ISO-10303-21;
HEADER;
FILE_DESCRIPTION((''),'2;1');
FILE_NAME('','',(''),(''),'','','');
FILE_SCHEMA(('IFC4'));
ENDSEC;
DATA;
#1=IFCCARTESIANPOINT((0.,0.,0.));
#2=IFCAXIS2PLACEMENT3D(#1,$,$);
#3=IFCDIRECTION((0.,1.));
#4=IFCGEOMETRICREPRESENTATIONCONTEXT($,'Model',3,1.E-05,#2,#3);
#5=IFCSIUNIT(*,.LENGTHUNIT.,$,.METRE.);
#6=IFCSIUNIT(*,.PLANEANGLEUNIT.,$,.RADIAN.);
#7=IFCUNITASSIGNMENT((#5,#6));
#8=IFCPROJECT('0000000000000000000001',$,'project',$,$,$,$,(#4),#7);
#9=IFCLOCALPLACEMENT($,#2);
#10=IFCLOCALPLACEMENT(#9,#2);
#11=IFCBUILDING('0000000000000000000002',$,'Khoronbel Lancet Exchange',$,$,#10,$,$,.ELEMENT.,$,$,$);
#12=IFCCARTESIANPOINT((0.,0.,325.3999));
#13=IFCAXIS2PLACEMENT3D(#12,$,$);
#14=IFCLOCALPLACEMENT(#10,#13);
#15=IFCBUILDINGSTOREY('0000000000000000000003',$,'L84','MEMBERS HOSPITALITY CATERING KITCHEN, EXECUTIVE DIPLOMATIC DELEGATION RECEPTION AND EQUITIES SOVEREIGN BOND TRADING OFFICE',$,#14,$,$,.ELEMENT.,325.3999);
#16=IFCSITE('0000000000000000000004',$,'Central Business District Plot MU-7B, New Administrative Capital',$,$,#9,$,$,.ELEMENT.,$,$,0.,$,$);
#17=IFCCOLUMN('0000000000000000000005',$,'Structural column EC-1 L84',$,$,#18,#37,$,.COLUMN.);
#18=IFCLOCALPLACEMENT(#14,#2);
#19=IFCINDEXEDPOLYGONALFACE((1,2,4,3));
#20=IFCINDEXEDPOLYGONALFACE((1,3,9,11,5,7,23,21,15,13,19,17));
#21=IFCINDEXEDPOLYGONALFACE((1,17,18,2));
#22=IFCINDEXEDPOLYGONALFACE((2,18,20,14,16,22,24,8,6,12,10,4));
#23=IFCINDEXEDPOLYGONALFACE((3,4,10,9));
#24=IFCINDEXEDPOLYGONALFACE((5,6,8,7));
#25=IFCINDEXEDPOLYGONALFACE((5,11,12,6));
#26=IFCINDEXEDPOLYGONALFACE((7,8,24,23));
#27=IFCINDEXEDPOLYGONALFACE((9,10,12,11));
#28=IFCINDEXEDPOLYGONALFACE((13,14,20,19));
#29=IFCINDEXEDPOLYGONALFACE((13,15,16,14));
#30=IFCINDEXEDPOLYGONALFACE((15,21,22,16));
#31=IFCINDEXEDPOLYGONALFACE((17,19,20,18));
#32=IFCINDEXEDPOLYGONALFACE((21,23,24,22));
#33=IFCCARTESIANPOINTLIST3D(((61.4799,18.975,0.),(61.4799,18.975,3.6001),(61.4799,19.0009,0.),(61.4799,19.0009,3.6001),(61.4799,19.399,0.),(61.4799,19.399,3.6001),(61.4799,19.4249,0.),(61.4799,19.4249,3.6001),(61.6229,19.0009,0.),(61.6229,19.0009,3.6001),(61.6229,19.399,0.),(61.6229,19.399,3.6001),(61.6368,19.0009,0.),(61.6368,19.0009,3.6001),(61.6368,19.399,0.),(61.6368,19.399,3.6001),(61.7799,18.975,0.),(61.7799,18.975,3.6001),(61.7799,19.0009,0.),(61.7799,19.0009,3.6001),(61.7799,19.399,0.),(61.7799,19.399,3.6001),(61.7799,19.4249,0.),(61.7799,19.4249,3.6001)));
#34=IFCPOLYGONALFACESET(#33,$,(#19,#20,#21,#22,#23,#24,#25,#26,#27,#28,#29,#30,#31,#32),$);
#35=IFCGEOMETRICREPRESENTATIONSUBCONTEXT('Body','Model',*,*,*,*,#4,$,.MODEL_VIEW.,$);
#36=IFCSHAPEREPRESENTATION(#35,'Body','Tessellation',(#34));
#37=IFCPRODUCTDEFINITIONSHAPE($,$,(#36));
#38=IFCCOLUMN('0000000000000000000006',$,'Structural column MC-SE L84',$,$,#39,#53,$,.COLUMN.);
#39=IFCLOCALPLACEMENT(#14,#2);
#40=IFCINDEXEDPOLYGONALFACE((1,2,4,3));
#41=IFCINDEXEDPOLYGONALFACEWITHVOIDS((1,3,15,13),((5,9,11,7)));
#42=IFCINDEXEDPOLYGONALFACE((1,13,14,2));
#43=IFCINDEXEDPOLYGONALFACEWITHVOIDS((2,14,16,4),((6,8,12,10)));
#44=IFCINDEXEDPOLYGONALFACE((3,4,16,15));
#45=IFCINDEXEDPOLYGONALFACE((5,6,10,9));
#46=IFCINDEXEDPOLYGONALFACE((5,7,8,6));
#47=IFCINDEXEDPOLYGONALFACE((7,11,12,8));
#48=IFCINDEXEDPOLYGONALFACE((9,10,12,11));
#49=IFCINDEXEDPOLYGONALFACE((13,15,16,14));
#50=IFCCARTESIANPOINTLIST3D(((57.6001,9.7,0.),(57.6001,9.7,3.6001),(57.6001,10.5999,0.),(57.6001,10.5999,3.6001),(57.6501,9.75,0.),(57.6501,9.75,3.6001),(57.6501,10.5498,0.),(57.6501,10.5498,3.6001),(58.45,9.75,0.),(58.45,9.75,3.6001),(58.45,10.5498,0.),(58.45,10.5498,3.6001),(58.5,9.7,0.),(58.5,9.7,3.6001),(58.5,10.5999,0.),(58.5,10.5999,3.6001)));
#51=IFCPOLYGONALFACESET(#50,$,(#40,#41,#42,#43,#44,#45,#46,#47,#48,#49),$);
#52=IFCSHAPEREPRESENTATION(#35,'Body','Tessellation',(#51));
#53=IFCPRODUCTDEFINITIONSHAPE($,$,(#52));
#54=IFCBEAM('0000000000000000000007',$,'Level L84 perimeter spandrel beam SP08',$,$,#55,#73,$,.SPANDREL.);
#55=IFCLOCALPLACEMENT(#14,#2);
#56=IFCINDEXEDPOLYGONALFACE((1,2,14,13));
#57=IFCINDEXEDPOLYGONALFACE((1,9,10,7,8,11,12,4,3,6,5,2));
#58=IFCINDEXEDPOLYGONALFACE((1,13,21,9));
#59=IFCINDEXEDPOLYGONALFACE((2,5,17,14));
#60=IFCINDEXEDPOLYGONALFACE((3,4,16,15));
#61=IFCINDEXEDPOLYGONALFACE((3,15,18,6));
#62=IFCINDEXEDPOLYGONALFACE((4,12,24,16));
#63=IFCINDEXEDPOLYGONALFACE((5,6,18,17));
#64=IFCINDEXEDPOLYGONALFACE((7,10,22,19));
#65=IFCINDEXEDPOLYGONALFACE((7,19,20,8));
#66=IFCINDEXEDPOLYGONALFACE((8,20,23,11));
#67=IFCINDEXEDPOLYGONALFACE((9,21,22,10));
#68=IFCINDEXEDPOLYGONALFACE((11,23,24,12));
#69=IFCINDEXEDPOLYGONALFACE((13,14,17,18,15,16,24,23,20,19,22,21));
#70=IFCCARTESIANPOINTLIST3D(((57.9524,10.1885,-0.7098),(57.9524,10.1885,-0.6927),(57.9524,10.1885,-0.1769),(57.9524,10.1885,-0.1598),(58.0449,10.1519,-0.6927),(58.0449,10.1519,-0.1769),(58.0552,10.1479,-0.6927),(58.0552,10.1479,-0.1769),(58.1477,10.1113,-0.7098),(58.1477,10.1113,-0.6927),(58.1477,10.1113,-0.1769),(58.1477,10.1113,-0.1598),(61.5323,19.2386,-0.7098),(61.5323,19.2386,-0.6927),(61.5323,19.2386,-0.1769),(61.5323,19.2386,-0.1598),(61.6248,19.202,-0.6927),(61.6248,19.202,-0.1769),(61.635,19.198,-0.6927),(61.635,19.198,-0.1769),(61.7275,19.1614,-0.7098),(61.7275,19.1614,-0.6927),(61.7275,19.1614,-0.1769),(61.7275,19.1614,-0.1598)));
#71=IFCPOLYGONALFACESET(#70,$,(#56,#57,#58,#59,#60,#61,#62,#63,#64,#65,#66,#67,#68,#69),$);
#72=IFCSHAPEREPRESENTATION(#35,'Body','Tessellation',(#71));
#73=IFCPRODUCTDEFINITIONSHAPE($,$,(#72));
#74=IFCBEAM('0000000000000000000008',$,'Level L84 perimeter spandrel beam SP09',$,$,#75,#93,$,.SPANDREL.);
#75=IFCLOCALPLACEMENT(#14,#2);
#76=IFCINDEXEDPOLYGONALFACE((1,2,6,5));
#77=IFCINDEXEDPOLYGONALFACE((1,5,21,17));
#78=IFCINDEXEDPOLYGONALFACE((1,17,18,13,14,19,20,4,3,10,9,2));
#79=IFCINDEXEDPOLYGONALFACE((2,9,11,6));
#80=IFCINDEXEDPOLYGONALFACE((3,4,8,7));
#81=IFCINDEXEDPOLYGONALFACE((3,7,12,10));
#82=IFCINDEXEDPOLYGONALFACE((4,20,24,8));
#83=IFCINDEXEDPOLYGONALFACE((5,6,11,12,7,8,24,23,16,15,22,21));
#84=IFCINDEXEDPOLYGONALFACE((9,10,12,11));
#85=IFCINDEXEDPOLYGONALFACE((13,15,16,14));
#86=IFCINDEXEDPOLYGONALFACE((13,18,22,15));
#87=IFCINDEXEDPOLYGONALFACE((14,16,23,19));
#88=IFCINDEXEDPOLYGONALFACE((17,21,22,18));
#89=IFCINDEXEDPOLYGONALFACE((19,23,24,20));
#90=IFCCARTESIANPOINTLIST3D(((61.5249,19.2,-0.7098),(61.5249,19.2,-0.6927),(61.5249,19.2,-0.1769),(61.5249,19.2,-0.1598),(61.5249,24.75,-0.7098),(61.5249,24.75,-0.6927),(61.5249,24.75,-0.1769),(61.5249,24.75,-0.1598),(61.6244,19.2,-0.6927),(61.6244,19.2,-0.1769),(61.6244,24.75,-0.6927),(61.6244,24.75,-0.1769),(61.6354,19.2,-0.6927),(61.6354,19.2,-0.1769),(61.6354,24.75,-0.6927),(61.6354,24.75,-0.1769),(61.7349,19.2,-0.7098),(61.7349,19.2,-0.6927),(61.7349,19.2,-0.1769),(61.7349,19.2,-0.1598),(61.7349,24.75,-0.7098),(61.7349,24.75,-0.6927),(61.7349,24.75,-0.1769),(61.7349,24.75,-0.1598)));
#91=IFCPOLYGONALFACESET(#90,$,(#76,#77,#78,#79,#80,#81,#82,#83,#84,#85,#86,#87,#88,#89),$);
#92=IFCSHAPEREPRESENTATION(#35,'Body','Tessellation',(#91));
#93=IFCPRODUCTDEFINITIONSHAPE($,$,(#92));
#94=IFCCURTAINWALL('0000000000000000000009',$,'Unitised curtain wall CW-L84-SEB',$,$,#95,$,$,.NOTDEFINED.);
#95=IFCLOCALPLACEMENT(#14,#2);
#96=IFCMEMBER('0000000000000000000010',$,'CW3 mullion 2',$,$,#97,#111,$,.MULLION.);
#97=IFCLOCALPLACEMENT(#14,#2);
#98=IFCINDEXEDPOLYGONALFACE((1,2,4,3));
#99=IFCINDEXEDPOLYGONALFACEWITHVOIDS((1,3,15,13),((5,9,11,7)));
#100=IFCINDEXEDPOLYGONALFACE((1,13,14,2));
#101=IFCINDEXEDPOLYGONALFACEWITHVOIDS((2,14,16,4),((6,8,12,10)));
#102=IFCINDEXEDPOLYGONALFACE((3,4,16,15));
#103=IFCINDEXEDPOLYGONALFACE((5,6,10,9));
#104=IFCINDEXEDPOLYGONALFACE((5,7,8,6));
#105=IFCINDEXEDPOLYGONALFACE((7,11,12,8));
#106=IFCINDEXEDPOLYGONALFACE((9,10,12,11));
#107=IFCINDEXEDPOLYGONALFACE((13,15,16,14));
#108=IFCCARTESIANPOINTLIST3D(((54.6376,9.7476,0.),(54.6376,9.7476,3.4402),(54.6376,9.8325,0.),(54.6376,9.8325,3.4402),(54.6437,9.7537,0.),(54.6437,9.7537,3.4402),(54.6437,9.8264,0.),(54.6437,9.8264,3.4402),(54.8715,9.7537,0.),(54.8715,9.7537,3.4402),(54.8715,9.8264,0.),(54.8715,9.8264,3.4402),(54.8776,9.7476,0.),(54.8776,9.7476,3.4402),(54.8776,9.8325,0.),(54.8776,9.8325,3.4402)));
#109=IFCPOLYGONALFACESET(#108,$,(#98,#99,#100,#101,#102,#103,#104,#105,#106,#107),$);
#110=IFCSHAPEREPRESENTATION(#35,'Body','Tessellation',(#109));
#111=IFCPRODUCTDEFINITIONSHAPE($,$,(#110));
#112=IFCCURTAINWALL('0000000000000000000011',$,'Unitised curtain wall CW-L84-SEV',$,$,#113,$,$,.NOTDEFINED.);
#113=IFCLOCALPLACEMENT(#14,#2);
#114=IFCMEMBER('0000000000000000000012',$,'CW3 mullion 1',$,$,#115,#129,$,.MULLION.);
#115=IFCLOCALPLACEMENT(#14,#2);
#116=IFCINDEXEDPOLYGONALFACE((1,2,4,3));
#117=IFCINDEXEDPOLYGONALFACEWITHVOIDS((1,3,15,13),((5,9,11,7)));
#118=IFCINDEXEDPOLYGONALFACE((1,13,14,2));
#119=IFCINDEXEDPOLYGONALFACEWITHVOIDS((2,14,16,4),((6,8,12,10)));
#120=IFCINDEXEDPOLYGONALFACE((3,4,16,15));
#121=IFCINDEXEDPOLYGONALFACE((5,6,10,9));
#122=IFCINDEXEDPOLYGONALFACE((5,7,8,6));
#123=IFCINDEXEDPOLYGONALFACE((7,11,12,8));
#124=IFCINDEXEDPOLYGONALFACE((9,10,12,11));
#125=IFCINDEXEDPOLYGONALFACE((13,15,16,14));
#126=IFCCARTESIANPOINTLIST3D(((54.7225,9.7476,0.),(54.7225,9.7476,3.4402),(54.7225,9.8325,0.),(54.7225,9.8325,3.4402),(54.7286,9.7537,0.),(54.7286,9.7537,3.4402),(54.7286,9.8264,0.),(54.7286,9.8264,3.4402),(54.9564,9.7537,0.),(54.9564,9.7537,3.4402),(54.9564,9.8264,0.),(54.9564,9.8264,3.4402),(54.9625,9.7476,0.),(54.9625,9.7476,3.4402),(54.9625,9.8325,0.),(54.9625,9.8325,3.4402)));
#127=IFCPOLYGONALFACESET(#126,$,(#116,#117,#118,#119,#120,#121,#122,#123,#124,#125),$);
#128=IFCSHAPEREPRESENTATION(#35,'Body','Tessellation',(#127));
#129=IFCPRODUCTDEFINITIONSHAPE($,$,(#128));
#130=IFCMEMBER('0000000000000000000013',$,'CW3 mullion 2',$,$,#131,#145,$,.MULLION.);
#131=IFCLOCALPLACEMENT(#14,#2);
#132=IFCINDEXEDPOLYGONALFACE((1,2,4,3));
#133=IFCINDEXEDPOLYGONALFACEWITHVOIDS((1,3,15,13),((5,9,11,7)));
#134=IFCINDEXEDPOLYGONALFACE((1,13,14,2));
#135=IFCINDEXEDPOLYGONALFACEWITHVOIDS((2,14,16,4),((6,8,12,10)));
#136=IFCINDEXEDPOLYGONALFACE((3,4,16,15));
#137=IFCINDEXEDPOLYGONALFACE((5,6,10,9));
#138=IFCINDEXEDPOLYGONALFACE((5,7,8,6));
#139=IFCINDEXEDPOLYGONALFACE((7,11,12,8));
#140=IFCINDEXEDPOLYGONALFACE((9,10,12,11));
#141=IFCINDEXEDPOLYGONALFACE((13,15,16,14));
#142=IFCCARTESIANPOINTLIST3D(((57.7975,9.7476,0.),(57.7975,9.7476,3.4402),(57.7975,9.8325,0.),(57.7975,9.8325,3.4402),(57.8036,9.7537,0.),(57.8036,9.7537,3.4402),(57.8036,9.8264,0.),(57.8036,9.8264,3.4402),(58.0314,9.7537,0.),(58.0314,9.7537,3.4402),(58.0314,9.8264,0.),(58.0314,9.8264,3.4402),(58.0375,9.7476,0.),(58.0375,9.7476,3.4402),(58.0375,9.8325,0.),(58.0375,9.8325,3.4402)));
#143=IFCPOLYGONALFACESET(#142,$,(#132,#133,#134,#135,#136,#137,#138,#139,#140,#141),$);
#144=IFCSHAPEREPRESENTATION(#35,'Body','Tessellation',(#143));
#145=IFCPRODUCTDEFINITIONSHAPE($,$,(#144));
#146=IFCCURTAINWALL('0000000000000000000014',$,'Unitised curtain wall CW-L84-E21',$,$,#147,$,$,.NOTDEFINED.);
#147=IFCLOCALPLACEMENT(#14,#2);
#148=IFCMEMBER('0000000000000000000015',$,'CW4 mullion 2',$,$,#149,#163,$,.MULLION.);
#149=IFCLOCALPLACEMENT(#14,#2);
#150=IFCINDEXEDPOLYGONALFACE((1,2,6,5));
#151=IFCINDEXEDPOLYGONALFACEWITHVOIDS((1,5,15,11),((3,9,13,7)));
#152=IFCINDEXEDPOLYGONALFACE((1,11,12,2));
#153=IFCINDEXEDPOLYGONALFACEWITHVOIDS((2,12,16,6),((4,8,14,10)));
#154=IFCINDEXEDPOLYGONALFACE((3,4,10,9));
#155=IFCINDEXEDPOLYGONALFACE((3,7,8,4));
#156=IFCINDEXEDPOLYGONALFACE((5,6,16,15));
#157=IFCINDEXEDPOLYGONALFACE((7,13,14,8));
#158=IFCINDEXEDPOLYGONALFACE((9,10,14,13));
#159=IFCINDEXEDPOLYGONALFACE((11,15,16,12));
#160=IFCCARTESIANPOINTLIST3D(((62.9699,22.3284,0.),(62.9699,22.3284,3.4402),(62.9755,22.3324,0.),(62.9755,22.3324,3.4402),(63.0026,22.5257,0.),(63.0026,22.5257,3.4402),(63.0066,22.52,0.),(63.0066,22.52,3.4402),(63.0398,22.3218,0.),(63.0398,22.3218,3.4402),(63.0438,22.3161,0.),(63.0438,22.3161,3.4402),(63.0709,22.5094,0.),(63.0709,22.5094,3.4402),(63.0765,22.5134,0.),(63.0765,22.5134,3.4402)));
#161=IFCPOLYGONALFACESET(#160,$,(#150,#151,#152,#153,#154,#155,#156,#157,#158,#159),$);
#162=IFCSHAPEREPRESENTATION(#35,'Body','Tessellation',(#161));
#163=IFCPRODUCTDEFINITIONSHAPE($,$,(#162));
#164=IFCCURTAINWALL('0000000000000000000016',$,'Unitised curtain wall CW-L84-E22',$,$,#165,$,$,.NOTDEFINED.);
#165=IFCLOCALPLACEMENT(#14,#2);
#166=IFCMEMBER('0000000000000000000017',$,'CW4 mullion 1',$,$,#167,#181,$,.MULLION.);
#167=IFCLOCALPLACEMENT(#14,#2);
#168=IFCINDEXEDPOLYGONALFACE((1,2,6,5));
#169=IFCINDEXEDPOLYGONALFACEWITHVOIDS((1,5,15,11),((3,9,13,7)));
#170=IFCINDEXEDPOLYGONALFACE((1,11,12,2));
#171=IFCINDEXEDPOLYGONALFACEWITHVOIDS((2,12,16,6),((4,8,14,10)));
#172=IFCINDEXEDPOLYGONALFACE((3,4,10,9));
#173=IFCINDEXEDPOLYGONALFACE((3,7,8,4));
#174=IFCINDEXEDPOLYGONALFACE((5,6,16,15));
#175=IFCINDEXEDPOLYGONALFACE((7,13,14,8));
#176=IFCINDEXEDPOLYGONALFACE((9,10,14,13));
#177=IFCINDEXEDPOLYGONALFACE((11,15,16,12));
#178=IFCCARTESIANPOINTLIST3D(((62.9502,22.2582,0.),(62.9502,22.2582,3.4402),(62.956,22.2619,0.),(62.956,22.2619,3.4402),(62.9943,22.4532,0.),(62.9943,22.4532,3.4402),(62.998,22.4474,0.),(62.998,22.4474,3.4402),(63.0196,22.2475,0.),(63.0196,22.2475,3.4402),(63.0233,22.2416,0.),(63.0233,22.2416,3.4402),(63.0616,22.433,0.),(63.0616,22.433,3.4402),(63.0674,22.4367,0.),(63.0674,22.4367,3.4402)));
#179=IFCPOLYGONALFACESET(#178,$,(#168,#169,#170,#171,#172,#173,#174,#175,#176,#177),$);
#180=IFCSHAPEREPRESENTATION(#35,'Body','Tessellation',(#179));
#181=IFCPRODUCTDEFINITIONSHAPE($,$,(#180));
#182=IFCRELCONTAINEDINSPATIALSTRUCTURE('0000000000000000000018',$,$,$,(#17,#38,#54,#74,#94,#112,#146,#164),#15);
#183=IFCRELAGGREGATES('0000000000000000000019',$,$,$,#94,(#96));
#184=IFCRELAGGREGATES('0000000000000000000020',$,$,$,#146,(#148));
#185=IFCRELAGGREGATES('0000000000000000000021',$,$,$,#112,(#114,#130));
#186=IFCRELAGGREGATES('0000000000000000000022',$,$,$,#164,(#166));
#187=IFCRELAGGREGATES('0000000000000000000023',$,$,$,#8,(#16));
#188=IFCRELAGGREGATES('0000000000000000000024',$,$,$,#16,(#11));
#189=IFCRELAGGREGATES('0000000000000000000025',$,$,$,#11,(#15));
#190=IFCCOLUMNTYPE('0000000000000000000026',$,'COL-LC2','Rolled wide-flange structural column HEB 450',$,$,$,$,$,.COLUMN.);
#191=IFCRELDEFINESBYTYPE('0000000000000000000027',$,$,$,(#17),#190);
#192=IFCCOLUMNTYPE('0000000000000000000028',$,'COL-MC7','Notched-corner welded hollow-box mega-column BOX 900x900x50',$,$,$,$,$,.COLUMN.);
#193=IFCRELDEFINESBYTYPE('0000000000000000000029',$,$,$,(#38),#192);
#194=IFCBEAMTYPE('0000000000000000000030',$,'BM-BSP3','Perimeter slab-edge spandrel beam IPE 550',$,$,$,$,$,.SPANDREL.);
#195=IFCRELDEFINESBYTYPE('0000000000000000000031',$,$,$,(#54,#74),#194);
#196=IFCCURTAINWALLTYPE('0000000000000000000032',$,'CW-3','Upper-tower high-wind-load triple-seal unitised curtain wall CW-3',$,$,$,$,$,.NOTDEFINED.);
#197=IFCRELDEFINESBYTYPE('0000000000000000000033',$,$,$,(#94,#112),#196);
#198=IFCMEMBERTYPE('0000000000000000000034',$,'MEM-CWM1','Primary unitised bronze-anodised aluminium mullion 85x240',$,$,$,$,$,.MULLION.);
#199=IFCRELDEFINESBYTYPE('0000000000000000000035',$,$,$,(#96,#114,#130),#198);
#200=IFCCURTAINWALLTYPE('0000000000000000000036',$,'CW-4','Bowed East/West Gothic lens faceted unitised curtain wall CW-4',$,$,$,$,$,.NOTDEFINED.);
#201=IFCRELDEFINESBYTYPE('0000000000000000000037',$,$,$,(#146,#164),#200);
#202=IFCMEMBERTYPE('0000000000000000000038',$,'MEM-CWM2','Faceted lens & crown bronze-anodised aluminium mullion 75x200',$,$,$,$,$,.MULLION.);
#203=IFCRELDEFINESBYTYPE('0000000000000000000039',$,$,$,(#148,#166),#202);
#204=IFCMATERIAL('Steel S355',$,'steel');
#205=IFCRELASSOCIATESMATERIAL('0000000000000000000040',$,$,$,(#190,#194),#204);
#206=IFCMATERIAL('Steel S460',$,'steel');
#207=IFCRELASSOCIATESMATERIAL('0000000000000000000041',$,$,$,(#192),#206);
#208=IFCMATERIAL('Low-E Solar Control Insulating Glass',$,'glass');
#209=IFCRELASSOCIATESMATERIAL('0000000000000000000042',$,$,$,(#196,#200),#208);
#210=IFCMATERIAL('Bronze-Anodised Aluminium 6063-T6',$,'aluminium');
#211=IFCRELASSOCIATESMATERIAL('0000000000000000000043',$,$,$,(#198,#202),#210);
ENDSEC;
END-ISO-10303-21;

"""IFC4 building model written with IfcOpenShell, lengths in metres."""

from ifc_helpers import new_model, si_unit, direction, frame, origin, origin_2d, place, context, subcontext, project, spatial, hollow_rectangle, i_section, extrude, material, material_profile, profile_set, type_object, element, aggregate, save


model = new_model("IFC4")

# Units and contexts
model_context = context("Model", 3, precision=1e-05, world=origin(), true_north=direction((0.0, 1.0)))
body_context = subcontext(model_context, "Body", "Model", "MODEL_VIEW")
ifc_project = project(units=[si_unit("LENGTHUNIT", "METRE"), si_unit("PLANEANGLEUNIT", "RADIAN")], contexts=[model_context])

# Site, building, storey
site_placement = place(None, origin())
site = spatial("IfcSite", under=ifc_project, at=site_placement, Name="Central Business District Plot MU-7B, New Administrative Capital", CompositionType="ELEMENT", RefElevation=0.0)
building_placement = place(site_placement, origin())
building = spatial("IfcBuilding", under=site, at=building_placement, Name="Khoronbel Lancet Exchange", CompositionType="ELEMENT")
storey_placement = place(building_placement, frame((0.0, 0.0, 325.3999)))
storey = spatial("IfcBuildingStorey", under=building, at=storey_placement, Name="L84", Description="MEMBERS HOSPITALITY CATERING KITCHEN, EXECUTIVE DIPLOMATIC DELEGATION RECEPTION AND EQUITIES SOVEREIGN BOND TRADING OFFICE", CompositionType="ELEMENT", Elevation=325.3999)

# Columns
ifc_material_1 = material(Name="Steel S355", Category="steel")
ifc_material_profile_1 = material_profile(ifc_material_1, i_section(OverallWidth=0.3, OverallDepth=0.45, WebThickness=0.0139, FlangeThickness=0.0259, at=origin_2d()), Name="HEB 450")
ifc_profile_set_1 = profile_set([ifc_material_profile_1], Name="Steel S355")
column_type_1 = type_object("IfcColumnType", Name="COL-LC2", Description="Rolled wide-flange structural column HEB 450", PredefinedType="COLUMN", material=ifc_profile_set_1)
column_1_placement = place(storey_placement, frame((61.6299, 19.2, 0.0), z_axis=(0.0, 0.0, 1.0), x_axis=(1.0, 0.0, 0.0)))
element("IfcColumn", 1, at=column_1_placement, inside=storey, type_object=column_type_1, Name="Structural column EC-1 L84", PredefinedType="COLUMN", context=body_context, shape_type="SweptSolid", body=[
    extrude(i_section(OverallWidth=0.3, OverallDepth=0.45, WebThickness=0.0139, FlangeThickness=0.0259, at=origin_2d()), origin(), (0.0, 0.0, 1.0), 3.6001),
])
ifc_material_2 = material(Name="Steel S460", Category="steel")
ifc_material_profile_2 = material_profile(ifc_material_2, hollow_rectangle(XDim=0.8999, YDim=0.8999, WallThickness=0.05, at=origin_2d()), Name="BOX 900x900x50")
ifc_profile_set_2 = profile_set([ifc_material_profile_2], Name="Steel S460")
column_type_2 = type_object("IfcColumnType", Name="COL-MC7", Description="Notched-corner welded hollow-box mega-column BOX 900x900x50", PredefinedType="COLUMN", material=ifc_profile_set_2)
column_2_placement = place(storey_placement, frame((58.05, 10.1499, 0.0), z_axis=(0.0, 0.0, 1.0), x_axis=(1.0, 0.0, 0.0)))
element("IfcColumn", 2, at=column_2_placement, inside=storey, type_object=column_type_2, Name="Structural column MC-SE L84", PredefinedType="COLUMN", context=body_context, shape_type="SweptSolid", body=[
    extrude(hollow_rectangle(XDim=0.8999, YDim=0.8999, WallThickness=0.05, at=origin_2d()), origin(), (0.0, 0.0, 1.0), 3.6001),
])

# Beams
ifc_material_profile_3 = material_profile(ifc_material_1, i_section(OverallWidth=0.21, OverallDepth=0.55, WebThickness=0.011, FlangeThickness=0.0171, at=origin_2d()), Name="IPE 550")
ifc_profile_set_3 = profile_set([ifc_material_profile_3], Name="Steel S355")
beam_type = type_object("IfcBeamType", Name="BM-BSP3", Description="Perimeter slab-edge spandrel beam IPE 550", PredefinedType="SPANDREL", material=ifc_profile_set_3)
beam_1_placement = place(storey_placement, frame((58.05, 10.1499, -0.4348), z_axis=(0.367828, 0.929894, 0.0), x_axis=(-0.929894, 0.367828, 0.0)))
element("IfcBeam", 3, at=beam_1_placement, inside=storey, type_object=beam_type, Name="Level L84 perimeter spandrel beam SP08", PredefinedType="SPANDREL", context=body_context, shape_type="SweptSolid", body=[
    extrude(i_section(OverallWidth=0.21, OverallDepth=0.55, WebThickness=0.011, FlangeThickness=0.0171, at=origin_2d()), origin(), (0.0, 0.0, 1.0), 9.7324),
])
beam_2_placement = place(storey_placement, frame((61.6299, 19.2, -0.4348), z_axis=(0.0, 1.0, 0.0), x_axis=(-1.0, 0.0, 0.0)))
element("IfcBeam", 4, at=beam_2_placement, inside=storey, type_object=beam_type, Name="Level L84 perimeter spandrel beam SP09", PredefinedType="SPANDREL", context=body_context, shape_type="SweptSolid", body=[
    extrude(i_section(OverallWidth=0.21, OverallDepth=0.55, WebThickness=0.011, FlangeThickness=0.0171, at=origin_2d()), origin(), (0.0, 0.0, 1.0), 5.55),
])

# Curtain wall, member
ifc_material_3 = material(Name="Low-E Solar Control Insulating Glass", Category="glass")
curtain_wall_type_1 = type_object("IfcCurtainWallType", Name="CW-3", Description="Upper-tower high-wind-load triple-seal unitised curtain wall CW-3", PredefinedType="NOTDEFINED", material=ifc_material_3)
curtain_wall_1_placement = place(storey_placement, origin())
curtain_wall_1 = element("IfcCurtainWall", 5, at=curtain_wall_1_placement, inside=storey, type_object=curtain_wall_type_1, Name="Unitised curtain wall CW-L84-SEB", PredefinedType="NOTDEFINED")
ifc_material_4 = material(Name="Bronze-Anodised Aluminium 6063-T6", Category="aluminium")
ifc_material_profile_4 = material_profile(ifc_material_4, hollow_rectangle(XDim=0.085, YDim=0.24, WallThickness=0.0061, at=origin_2d()), Name="ALU MULLION 85x240")
ifc_profile_set_4 = profile_set([ifc_material_profile_4], Name="Bronze-Anodised Aluminium 6063-T6")
member_type_1 = type_object("IfcMemberType", Name="MEM-CWM1", Description="Primary unitised bronze-anodised aluminium mullion 85x240", PredefinedType="MULLION", material=ifc_profile_set_4)
member_1_placement = place(storey_placement, frame((54.7576, 9.79, 0.0), z_axis=(0.0, 0.0, 1.0), x_axis=(0.0, 1.0, 0.0)))
member_1 = element("IfcMember", 6, at=member_1_placement, type_object=member_type_1, Name="CW3 mullion 2", PredefinedType="MULLION", context=body_context, shape_type="SweptSolid", body=[
    extrude(hollow_rectangle(XDim=0.085, YDim=0.24, WallThickness=0.0061, at=origin_2d()), origin(), (0.0, 0.0, 1.0), 3.4402),
])
aggregate(curtain_wall_1, [member_1])

# Curtain wall, members
curtain_wall_2_placement = place(storey_placement, origin())
curtain_wall_2 = element("IfcCurtainWall", 7, at=curtain_wall_2_placement, inside=storey, type_object=curtain_wall_type_1, Name="Unitised curtain wall CW-L84-SEV", PredefinedType="NOTDEFINED")
member_2_placement = place(storey_placement, frame((54.8425, 9.79, 0.0), z_axis=(0.0, 0.0, 1.0), x_axis=(0.0, 1.0, 0.0)))
member_2 = element("IfcMember", 8, at=member_2_placement, type_object=member_type_1, Name="CW3 mullion 1", PredefinedType="MULLION", context=body_context, shape_type="SweptSolid", body=[
    extrude(hollow_rectangle(XDim=0.085, YDim=0.24, WallThickness=0.0061, at=origin_2d()), origin(), (0.0, 0.0, 1.0), 3.4402),
])
member_3_placement = place(storey_placement, frame((57.9175, 9.79, 0.0), z_axis=(0.0, 0.0, 1.0), x_axis=(0.0, 1.0, 0.0)))
member_3 = element("IfcMember", 9, at=member_3_placement, type_object=member_type_1, Name="CW3 mullion 2", PredefinedType="MULLION", context=body_context, shape_type="SweptSolid", body=[
    extrude(hollow_rectangle(XDim=0.085, YDim=0.24, WallThickness=0.0061, at=origin_2d()), origin(), (0.0, 0.0, 1.0), 3.4402),
])

# Curtain wall, member
curtain_wall_type_2 = type_object("IfcCurtainWallType", Name="CW-4", Description="Bowed East/West Gothic lens faceted unitised curtain wall CW-4", PredefinedType="NOTDEFINED", material=ifc_material_3)
curtain_wall_3_placement = place(storey_placement, origin())
curtain_wall_3 = element("IfcCurtainWall", 10, at=curtain_wall_3_placement, inside=storey, type_object=curtain_wall_type_2, Name="Unitised curtain wall CW-L84-E21", PredefinedType="NOTDEFINED")
ifc_material_profile_5 = material_profile(ifc_material_4, hollow_rectangle(XDim=0.075, YDim=0.2, WallThickness=0.0049, at=origin_2d()), Name="ALU MULLION 75x200")
ifc_profile_set_5 = profile_set([ifc_material_profile_5], Name="Bronze-Anodised Aluminium 6063-T6")
member_type_2 = type_object("IfcMemberType", Name="MEM-CWM2", Description="Faceted lens & crown bronze-anodised aluminium mullion 75x200", PredefinedType="MULLION", material=ifc_profile_set_5)
member_4_placement = place(storey_placement, frame((63.0232, 22.4209, 0.0), z_axis=(0.0, 0.0, 1.0), x_axis=(0.986571, -0.163334, 0.0)))
member_4 = element("IfcMember", 11, at=member_4_placement, type_object=member_type_2, Name="CW4 mullion 2", PredefinedType="MULLION", context=body_context, shape_type="SweptSolid", body=[
    extrude(hollow_rectangle(XDim=0.075, YDim=0.2, WallThickness=0.0049, at=origin_2d()), origin(), (0.0, 0.0, 1.0), 3.4402),
])

# Curtain wall, member
curtain_wall_4_placement = place(storey_placement, origin())
curtain_wall_4 = element("IfcCurtainWall", 12, at=curtain_wall_4_placement, inside=storey, type_object=curtain_wall_type_2, Name="Unitised curtain wall CW-L84-E22", PredefinedType="NOTDEFINED")
member_5_placement = place(storey_placement, frame((63.0088, 22.3474, 0.0), z_axis=(0.0, 0.0, 1.0), x_axis=(0.975369, -0.220579, 0.0)))
member_5 = element("IfcMember", 13, at=member_5_placement, type_object=member_type_2, Name="CW4 mullion 1", PredefinedType="MULLION", context=body_context, shape_type="SweptSolid", body=[
    extrude(hollow_rectangle(XDim=0.075, YDim=0.2, WallThickness=0.0049, at=origin_2d()), origin(), (0.0, 0.0, 1.0), 3.4402),
])

aggregate(curtain_wall_3, [member_4])
aggregate(curtain_wall_2, [member_2, member_3])
aggregate(curtain_wall_4, [member_5])

save(model, "model.ifc")
